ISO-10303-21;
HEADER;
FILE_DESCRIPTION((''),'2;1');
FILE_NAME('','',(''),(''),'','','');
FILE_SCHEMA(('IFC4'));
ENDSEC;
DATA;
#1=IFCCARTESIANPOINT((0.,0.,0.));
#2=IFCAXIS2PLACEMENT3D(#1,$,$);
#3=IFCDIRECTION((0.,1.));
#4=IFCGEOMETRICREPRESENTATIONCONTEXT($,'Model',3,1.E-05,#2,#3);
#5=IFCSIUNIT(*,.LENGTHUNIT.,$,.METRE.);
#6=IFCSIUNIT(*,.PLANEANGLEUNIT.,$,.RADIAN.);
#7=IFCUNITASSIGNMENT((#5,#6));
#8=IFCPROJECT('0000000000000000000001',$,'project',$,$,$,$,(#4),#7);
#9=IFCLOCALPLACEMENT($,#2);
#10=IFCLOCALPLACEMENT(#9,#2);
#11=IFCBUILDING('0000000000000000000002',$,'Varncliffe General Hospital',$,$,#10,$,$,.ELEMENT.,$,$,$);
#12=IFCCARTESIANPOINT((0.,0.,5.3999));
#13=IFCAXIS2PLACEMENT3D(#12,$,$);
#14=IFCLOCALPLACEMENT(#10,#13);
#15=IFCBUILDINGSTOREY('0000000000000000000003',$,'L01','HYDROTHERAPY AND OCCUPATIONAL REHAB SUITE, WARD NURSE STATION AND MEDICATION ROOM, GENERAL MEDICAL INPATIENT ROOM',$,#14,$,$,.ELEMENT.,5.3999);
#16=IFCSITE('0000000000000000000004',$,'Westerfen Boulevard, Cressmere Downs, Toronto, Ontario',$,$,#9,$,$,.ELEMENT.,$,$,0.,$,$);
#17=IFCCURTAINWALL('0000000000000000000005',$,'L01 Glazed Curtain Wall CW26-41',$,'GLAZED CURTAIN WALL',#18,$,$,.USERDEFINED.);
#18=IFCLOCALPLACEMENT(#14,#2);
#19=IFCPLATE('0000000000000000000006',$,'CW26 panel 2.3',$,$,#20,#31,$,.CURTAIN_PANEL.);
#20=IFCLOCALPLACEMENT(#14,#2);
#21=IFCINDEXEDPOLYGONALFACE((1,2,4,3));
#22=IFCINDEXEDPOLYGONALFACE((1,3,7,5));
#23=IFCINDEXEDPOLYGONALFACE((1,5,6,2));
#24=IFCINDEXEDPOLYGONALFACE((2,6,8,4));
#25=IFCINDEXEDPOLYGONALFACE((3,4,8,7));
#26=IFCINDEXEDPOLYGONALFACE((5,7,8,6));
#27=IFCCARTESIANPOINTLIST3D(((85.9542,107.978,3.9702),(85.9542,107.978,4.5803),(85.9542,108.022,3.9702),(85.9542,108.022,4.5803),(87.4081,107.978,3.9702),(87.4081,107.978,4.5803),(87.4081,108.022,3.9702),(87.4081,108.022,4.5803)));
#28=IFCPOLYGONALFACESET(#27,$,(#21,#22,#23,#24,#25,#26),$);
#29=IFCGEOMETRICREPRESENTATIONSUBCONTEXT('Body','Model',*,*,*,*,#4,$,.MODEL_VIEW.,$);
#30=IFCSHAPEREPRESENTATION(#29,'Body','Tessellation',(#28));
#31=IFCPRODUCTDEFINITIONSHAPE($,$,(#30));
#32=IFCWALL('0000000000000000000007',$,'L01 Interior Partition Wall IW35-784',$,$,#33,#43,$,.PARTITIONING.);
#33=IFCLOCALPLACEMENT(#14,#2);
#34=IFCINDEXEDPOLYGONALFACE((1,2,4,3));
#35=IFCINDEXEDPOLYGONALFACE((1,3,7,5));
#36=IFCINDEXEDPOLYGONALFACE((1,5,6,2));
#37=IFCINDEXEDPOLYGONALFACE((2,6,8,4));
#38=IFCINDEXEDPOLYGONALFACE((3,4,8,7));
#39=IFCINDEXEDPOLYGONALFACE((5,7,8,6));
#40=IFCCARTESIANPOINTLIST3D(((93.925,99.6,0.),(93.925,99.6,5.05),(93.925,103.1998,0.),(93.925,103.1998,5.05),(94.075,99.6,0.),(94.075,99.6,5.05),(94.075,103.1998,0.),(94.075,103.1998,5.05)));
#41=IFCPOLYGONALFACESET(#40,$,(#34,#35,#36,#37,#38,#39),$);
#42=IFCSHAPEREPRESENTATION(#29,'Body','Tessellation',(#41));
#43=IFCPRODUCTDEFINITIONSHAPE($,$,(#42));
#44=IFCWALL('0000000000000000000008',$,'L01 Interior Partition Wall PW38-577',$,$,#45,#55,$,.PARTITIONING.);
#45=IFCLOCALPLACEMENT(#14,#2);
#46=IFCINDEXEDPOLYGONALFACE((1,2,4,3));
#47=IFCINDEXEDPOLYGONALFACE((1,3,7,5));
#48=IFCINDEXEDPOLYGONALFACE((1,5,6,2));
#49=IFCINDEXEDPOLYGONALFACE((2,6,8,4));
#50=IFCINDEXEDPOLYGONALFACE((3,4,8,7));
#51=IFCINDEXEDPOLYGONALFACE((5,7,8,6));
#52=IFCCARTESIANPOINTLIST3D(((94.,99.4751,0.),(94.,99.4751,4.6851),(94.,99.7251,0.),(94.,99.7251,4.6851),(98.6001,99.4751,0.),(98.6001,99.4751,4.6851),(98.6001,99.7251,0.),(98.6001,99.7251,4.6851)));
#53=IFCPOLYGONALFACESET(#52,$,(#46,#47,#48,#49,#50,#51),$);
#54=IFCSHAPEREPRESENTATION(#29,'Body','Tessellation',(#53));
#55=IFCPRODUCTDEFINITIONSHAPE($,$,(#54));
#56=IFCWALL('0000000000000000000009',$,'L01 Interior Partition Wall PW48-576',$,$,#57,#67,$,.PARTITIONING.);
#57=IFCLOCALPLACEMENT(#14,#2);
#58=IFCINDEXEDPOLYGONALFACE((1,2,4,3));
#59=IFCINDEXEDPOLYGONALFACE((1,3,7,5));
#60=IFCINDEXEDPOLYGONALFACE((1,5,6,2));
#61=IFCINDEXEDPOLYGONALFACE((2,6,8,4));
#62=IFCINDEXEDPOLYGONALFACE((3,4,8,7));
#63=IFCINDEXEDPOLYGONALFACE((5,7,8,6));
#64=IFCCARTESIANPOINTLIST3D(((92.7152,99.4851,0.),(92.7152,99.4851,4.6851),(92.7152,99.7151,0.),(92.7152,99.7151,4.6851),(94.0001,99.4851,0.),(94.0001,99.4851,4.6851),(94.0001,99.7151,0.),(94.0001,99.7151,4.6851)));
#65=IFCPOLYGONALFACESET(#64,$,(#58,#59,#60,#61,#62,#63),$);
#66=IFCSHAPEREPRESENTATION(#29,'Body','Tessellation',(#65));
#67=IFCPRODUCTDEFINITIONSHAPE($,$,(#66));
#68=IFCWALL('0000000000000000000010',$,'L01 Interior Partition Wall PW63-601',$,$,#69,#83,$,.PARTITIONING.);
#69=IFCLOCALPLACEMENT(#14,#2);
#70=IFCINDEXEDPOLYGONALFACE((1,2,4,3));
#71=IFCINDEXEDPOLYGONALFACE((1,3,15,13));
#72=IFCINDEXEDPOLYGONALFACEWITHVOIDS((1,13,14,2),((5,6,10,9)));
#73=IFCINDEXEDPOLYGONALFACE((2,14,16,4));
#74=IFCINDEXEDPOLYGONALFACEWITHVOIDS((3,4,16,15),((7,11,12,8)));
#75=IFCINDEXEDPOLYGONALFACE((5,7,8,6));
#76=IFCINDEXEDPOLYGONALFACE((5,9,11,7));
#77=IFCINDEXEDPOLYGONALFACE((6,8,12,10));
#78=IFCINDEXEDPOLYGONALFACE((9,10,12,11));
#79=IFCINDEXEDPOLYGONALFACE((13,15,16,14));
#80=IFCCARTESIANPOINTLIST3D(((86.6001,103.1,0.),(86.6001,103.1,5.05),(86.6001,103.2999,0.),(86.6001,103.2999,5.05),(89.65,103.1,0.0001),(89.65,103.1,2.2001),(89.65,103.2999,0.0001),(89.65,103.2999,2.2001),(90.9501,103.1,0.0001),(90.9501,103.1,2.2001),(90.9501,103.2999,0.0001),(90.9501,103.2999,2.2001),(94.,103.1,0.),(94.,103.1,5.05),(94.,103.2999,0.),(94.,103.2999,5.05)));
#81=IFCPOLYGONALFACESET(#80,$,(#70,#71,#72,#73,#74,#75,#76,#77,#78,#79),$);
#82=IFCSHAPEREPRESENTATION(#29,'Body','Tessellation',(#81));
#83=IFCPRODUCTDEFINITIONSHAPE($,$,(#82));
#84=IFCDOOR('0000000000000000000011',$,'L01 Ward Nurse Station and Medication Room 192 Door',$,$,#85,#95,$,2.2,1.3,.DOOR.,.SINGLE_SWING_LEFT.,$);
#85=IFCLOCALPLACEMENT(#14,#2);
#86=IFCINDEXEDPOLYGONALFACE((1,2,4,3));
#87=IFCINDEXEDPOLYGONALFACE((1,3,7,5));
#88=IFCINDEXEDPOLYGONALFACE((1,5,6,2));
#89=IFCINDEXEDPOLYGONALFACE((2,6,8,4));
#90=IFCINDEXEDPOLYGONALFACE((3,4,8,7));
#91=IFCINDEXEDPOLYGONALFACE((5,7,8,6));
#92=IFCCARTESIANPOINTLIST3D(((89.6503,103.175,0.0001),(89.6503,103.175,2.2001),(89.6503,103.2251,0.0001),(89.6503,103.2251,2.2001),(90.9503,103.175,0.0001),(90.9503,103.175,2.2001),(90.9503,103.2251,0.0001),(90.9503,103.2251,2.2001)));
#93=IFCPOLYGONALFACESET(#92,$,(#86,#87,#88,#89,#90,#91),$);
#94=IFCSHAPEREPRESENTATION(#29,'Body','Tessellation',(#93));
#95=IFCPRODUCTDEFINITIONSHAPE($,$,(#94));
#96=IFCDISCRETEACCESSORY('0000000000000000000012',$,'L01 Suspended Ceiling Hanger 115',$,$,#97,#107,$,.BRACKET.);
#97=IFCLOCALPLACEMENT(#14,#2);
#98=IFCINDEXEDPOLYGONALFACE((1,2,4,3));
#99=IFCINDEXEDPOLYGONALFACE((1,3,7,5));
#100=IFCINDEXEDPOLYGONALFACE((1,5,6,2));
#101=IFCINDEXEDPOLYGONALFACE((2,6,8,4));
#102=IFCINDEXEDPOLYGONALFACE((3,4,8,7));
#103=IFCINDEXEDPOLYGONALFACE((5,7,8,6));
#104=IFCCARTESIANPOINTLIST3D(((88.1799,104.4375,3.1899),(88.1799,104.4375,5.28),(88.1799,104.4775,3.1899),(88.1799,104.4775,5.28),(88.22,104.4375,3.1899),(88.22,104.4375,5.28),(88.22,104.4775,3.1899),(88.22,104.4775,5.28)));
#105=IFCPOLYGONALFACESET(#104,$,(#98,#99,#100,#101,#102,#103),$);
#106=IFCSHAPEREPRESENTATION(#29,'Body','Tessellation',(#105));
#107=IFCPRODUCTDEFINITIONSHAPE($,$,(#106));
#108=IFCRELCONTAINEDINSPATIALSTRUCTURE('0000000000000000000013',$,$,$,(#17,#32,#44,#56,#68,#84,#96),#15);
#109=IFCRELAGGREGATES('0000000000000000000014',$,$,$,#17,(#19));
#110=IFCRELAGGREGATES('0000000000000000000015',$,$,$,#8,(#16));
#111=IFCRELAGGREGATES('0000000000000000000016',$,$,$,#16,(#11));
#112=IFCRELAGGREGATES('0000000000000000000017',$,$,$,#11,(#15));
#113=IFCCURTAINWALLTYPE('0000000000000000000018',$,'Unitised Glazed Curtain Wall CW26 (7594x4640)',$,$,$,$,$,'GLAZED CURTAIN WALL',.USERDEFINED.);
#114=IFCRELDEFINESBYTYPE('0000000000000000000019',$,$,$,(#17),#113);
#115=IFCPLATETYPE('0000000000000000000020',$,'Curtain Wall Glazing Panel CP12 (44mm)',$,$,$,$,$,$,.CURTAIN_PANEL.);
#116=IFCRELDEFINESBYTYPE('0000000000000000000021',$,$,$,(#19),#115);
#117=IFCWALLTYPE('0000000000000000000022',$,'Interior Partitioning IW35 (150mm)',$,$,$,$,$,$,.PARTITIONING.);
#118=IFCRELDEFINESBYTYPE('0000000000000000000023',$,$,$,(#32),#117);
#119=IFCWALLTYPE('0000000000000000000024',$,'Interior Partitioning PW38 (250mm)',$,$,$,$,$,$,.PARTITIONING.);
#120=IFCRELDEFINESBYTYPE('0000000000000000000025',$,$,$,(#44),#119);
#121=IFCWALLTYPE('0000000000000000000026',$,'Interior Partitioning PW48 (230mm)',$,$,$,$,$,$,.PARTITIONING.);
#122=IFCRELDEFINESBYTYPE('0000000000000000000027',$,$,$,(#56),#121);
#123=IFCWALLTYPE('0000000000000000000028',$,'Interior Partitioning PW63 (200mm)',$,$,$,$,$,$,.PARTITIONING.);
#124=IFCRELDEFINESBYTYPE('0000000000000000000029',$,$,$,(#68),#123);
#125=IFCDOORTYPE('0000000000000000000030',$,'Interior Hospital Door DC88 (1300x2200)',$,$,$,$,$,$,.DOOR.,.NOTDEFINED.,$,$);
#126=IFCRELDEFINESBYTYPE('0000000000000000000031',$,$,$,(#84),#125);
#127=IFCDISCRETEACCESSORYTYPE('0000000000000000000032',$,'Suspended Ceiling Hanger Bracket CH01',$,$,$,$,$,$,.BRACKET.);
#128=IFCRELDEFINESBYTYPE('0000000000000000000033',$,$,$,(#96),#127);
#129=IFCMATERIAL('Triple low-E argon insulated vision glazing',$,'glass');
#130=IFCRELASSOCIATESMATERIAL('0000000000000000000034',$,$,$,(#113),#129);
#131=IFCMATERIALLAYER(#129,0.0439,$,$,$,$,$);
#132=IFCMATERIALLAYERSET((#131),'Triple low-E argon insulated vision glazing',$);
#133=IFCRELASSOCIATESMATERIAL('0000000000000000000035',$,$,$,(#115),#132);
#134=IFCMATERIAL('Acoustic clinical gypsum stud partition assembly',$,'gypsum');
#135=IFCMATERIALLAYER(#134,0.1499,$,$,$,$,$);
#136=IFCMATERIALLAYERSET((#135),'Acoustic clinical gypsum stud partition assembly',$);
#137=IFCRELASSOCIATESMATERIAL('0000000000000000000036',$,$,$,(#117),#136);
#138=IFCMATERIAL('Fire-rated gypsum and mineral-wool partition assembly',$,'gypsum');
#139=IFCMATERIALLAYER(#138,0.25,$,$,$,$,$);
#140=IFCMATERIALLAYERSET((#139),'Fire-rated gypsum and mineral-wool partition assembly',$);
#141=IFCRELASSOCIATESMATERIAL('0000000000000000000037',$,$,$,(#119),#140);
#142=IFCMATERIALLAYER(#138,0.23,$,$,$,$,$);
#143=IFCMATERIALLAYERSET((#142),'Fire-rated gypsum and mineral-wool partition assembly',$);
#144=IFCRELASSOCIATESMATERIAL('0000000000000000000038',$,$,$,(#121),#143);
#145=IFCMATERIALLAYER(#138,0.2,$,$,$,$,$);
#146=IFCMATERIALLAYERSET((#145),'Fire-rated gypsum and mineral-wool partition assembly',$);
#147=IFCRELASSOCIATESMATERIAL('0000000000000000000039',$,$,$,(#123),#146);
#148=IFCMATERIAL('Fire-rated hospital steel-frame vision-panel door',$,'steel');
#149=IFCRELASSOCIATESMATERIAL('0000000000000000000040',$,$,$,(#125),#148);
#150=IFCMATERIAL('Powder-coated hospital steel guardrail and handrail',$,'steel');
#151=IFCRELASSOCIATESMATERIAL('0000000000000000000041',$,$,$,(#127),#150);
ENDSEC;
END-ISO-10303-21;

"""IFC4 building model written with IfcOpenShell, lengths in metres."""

from ifc_helpers import new_model, si_unit, direction, frame, frame_2d, origin, origin_2d, place, context, subcontext, project, spatial, rectangle, extrude, material, layer, layer_set, type_object, element, fill, aggregate, save


model = new_model("IFC4")

# Units and contexts
model_context = context("Model", 3, precision=1e-05, world=origin(), true_north=direction((0.0, 1.0)))
body_context = subcontext(model_context, "Body", "Model", "MODEL_VIEW")
ifc_project = project(units=[si_unit("LENGTHUNIT", "METRE"), si_unit("PLANEANGLEUNIT", "RADIAN")], contexts=[model_context])

# Site, building, storey
site_placement = place(None, origin())
site = spatial("IfcSite", under=ifc_project, at=site_placement, Name="Westerfen Boulevard, Cressmere Downs, Toronto, Ontario", CompositionType="ELEMENT", RefElevation=0.0)
building_placement = place(site_placement, origin())
building = spatial("IfcBuilding", under=site, at=building_placement, Name="Varncliffe General Hospital", CompositionType="ELEMENT")
storey_placement = place(building_placement, frame((0.0, 0.0, 5.3999)))
storey = spatial("IfcBuildingStorey", under=building, at=storey_placement, Name="L01", Description="HYDROTHERAPY AND OCCUPATIONAL REHAB SUITE, WARD NURSE STATION AND MEDICATION ROOM, GENERAL MEDICAL INPATIENT ROOM", CompositionType="ELEMENT", Elevation=5.3999)

# Curtain wall
ifc_material_1 = material(Name="Triple low-E argon insulated vision glazing", Category="glass")
curtain_wall_type = type_object("IfcCurtainWallType", Name="Unitised Glazed Curtain Wall CW26 (7594x4640)", ElementType="GLAZED CURTAIN WALL", PredefinedType="USERDEFINED", material=ifc_material_1)
curtain_wall_placement = place(storey_placement, origin())
curtain_wall = element("IfcCurtainWall", 1, at=curtain_wall_placement, inside=storey, type_object=curtain_wall_type, Name="L01 Glazed Curtain Wall CW26-41", ObjectType="GLAZED CURTAIN WALL", PredefinedType="USERDEFINED")

# Plate
ifc_layer_1 = layer(ifc_material_1, 0.0439)
ifc_layer_set_1 = layer_set([ifc_layer_1], Name="Triple low-E argon insulated vision glazing")
plate_type = type_object("IfcPlateType", Name="Curtain Wall Glazing Panel CP12 (44mm)", PredefinedType="CURTAIN_PANEL", material=ifc_layer_set_1)
plate_1_placement = place(storey_placement, frame((86.6812, 108.0, 3.9702), z_axis=(0.0, 0.0, 1.0), x_axis=(1.0, 0.0, 0.0)))
plate_1 = element("IfcPlate", 2, at=plate_1_placement, type_object=plate_type, Name="CW26 panel 2.3", PredefinedType="CURTAIN_PANEL", context=body_context, shape_type="SweptSolid", body=[
    extrude(rectangle(XDim=1.4539, YDim=0.0439, at=origin_2d()), origin(), (0.0, 0.0, 1.0), 0.6101),
])
aggregate(curtain_wall, [plate_1])

# Walls
ifc_material_2 = material(Name="Acoustic clinical gypsum stud partition assembly", Category="gypsum")
ifc_layer_2 = layer(ifc_material_2, 0.1499)
ifc_layer_set_2 = layer_set([ifc_layer_2], Name="Acoustic clinical gypsum stud partition assembly")
wall_type_1 = type_object("IfcWallType", Name="Interior Partitioning IW35 (150mm)", PredefinedType="PARTITIONING", material=ifc_layer_set_2)
wall_1_placement = place(storey_placement, frame((94.0, 99.6001, 0.0), z_axis=(0.0, 0.0, 1.0), x_axis=(0.0, 1.0, 0.0)))
element("IfcWall", 3, at=wall_1_placement, inside=storey, type_object=wall_type_1, Name="L01 Interior Partition Wall IW35-784", PredefinedType="PARTITIONING", context=body_context, shape_type="SweptSolid", body=[
    extrude(rectangle(XDim=3.5999, YDim=0.1499, at=frame_2d((1.7998, 0.0))), origin(), (0.0, 0.0, 1.0), 5.05),
])
ifc_material_3 = material(Name="Fire-rated gypsum and mineral-wool partition assembly", Category="gypsum")
ifc_layer_3 = layer(ifc_material_3, 0.25)
ifc_layer_set_3 = layer_set([ifc_layer_3], Name="Fire-rated gypsum and mineral-wool partition assembly")
wall_type_2 = type_object("IfcWallType", Name="Interior Partitioning PW38 (250mm)", PredefinedType="PARTITIONING", material=ifc_layer_set_3)
wall_2_placement = place(storey_placement, frame((94.0, 99.6001, 0.0), z_axis=(0.0, 0.0, 1.0), x_axis=(1.0, 0.0, 0.0)))
element("IfcWall", 4, at=wall_2_placement, inside=storey, type_object=wall_type_2, Name="L01 Interior Partition Wall PW38-577", PredefinedType="PARTITIONING", context=body_context, shape_type="SweptSolid", body=[
    extrude(rectangle(XDim=4.6001, YDim=0.25, at=frame_2d((2.3, 0.0))), origin(), (0.0, 0.0, 1.0), 4.6851),
])
ifc_layer_4 = layer(ifc_material_3, 0.23)
ifc_layer_set_4 = layer_set([ifc_layer_4], Name="Fire-rated gypsum and mineral-wool partition assembly")
wall_type_3 = type_object("IfcWallType", Name="Interior Partitioning PW48 (230mm)", PredefinedType="PARTITIONING", material=ifc_layer_set_4)
wall_3_placement = place(storey_placement, frame((92.7151, 99.6001, 0.0), z_axis=(0.0, 0.0, 1.0), x_axis=(1.0, 0.0, 0.0)))
element("IfcWall", 5, at=wall_3_placement, inside=storey, type_object=wall_type_3, Name="L01 Interior Partition Wall PW48-576", PredefinedType="PARTITIONING", context=body_context, shape_type="SweptSolid", body=[
    extrude(rectangle(XDim=1.2849, YDim=0.23, at=frame_2d((0.6426, 0.0))), origin(), (0.0, 0.0, 1.0), 4.6851),
])

# Wall, opening, door
ifc_layer_5 = layer(ifc_material_3, 0.2)
ifc_layer_set_5 = layer_set([ifc_layer_5], Name="Fire-rated gypsum and mineral-wool partition assembly")
wall_type_4 = type_object("IfcWallType", Name="Interior Partitioning PW63 (200mm)", PredefinedType="PARTITIONING", material=ifc_layer_set_5)
wall_4_placement = place(storey_placement, frame((86.6001, 103.2, 0.0), z_axis=(0.0, 0.0, 1.0), x_axis=(1.0, 0.0, 0.0)))
wall_4 = element("IfcWall", 6, at=wall_4_placement, inside=storey, type_object=wall_type_4, Name="L01 Interior Partition Wall PW63-601", PredefinedType="PARTITIONING", context=body_context, shape_type="SweptSolid", body=[
    extrude(rectangle(XDim=7.3999, YDim=0.2, at=frame_2d((3.7, 0.0))), origin(), (0.0, 0.0, 1.0), 5.05),
])
opening_placement = place(wall_4_placement, frame((3.05, 0.0, 0.0)))
opening = element("IfcOpeningElement", 7, at=opening_placement, cuts=wall_4, PredefinedType="OPENING", context=body_context, shape_type="SweptSolid", body=[
    extrude(rectangle(XDim=1.3, YDim=2.2, at=frame_2d((0.6499, 1.1001))), frame((0.0, 0.1099, 0.0), z_axis=(0.0, -1.0, 0.0), x_axis=(1.0, 0.0, 0.0)), (0.0, 0.0, 1.0), 0.22),
])
ifc_material_4 = material(Name="Fire-rated hospital steel-frame vision-panel door", Category="steel")
door_type = type_object("IfcDoorType", Name="Interior Hospital Door DC88 (1300x2200)", OperationType="NOTDEFINED", PredefinedType="DOOR", material=ifc_material_4)
door_placement = place(opening_placement, frame((1.3, 0.0, 0.0), z_axis=(0.0, 0.0, 1.0), x_axis=(-1.0, 0.0, 0.0)))
door = element("IfcDoor", 8, at=door_placement, inside=storey, type_object=door_type, Name="L01 Ward Nurse Station and Medication Room 192 Door", OperationType="SINGLE_SWING_LEFT", OverallHeight=2.2, OverallWidth=1.3, PredefinedType="DOOR", context=body_context, shape_type="SweptSolid", body=[
    extrude(rectangle(XDim=1.3, YDim=2.2, at=frame_2d((0.6499, 1.1001))), frame((0.0, 0.0249, 0.0), z_axis=(0.0, -1.0, 0.0), x_axis=(1.0, 0.0, 0.0)), (0.0, 0.0, 1.0), 0.05),
])
fill(opening, door)

# Discrete accessory
ifc_material_5 = material(Name="Powder-coated hospital steel guardrail and handrail", Category="steel")
discrete_accessory_type = type_object("IfcDiscreteAccessoryType", Name="Suspended Ceiling Hanger Bracket CH01", PredefinedType="BRACKET", material=ifc_material_5)
discrete_accessory_placement = place(storey_placement, frame((88.2, 104.4575, 3.1899), z_axis=(0.0, 0.0, 1.0), x_axis=(1.0, 0.0, 0.0)))
element("IfcDiscreteAccessory", 9, at=discrete_accessory_placement, inside=storey, type_object=discrete_accessory_type, Name="L01 Suspended Ceiling Hanger 115", PredefinedType="BRACKET", context=body_context, shape_type="SweptSolid", body=[
    extrude(rectangle(XDim=0.04, YDim=0.04, at=origin_2d()), origin(), (0.0, 0.0, 1.0), 2.0901),
])

save(model, "model.ifc")
